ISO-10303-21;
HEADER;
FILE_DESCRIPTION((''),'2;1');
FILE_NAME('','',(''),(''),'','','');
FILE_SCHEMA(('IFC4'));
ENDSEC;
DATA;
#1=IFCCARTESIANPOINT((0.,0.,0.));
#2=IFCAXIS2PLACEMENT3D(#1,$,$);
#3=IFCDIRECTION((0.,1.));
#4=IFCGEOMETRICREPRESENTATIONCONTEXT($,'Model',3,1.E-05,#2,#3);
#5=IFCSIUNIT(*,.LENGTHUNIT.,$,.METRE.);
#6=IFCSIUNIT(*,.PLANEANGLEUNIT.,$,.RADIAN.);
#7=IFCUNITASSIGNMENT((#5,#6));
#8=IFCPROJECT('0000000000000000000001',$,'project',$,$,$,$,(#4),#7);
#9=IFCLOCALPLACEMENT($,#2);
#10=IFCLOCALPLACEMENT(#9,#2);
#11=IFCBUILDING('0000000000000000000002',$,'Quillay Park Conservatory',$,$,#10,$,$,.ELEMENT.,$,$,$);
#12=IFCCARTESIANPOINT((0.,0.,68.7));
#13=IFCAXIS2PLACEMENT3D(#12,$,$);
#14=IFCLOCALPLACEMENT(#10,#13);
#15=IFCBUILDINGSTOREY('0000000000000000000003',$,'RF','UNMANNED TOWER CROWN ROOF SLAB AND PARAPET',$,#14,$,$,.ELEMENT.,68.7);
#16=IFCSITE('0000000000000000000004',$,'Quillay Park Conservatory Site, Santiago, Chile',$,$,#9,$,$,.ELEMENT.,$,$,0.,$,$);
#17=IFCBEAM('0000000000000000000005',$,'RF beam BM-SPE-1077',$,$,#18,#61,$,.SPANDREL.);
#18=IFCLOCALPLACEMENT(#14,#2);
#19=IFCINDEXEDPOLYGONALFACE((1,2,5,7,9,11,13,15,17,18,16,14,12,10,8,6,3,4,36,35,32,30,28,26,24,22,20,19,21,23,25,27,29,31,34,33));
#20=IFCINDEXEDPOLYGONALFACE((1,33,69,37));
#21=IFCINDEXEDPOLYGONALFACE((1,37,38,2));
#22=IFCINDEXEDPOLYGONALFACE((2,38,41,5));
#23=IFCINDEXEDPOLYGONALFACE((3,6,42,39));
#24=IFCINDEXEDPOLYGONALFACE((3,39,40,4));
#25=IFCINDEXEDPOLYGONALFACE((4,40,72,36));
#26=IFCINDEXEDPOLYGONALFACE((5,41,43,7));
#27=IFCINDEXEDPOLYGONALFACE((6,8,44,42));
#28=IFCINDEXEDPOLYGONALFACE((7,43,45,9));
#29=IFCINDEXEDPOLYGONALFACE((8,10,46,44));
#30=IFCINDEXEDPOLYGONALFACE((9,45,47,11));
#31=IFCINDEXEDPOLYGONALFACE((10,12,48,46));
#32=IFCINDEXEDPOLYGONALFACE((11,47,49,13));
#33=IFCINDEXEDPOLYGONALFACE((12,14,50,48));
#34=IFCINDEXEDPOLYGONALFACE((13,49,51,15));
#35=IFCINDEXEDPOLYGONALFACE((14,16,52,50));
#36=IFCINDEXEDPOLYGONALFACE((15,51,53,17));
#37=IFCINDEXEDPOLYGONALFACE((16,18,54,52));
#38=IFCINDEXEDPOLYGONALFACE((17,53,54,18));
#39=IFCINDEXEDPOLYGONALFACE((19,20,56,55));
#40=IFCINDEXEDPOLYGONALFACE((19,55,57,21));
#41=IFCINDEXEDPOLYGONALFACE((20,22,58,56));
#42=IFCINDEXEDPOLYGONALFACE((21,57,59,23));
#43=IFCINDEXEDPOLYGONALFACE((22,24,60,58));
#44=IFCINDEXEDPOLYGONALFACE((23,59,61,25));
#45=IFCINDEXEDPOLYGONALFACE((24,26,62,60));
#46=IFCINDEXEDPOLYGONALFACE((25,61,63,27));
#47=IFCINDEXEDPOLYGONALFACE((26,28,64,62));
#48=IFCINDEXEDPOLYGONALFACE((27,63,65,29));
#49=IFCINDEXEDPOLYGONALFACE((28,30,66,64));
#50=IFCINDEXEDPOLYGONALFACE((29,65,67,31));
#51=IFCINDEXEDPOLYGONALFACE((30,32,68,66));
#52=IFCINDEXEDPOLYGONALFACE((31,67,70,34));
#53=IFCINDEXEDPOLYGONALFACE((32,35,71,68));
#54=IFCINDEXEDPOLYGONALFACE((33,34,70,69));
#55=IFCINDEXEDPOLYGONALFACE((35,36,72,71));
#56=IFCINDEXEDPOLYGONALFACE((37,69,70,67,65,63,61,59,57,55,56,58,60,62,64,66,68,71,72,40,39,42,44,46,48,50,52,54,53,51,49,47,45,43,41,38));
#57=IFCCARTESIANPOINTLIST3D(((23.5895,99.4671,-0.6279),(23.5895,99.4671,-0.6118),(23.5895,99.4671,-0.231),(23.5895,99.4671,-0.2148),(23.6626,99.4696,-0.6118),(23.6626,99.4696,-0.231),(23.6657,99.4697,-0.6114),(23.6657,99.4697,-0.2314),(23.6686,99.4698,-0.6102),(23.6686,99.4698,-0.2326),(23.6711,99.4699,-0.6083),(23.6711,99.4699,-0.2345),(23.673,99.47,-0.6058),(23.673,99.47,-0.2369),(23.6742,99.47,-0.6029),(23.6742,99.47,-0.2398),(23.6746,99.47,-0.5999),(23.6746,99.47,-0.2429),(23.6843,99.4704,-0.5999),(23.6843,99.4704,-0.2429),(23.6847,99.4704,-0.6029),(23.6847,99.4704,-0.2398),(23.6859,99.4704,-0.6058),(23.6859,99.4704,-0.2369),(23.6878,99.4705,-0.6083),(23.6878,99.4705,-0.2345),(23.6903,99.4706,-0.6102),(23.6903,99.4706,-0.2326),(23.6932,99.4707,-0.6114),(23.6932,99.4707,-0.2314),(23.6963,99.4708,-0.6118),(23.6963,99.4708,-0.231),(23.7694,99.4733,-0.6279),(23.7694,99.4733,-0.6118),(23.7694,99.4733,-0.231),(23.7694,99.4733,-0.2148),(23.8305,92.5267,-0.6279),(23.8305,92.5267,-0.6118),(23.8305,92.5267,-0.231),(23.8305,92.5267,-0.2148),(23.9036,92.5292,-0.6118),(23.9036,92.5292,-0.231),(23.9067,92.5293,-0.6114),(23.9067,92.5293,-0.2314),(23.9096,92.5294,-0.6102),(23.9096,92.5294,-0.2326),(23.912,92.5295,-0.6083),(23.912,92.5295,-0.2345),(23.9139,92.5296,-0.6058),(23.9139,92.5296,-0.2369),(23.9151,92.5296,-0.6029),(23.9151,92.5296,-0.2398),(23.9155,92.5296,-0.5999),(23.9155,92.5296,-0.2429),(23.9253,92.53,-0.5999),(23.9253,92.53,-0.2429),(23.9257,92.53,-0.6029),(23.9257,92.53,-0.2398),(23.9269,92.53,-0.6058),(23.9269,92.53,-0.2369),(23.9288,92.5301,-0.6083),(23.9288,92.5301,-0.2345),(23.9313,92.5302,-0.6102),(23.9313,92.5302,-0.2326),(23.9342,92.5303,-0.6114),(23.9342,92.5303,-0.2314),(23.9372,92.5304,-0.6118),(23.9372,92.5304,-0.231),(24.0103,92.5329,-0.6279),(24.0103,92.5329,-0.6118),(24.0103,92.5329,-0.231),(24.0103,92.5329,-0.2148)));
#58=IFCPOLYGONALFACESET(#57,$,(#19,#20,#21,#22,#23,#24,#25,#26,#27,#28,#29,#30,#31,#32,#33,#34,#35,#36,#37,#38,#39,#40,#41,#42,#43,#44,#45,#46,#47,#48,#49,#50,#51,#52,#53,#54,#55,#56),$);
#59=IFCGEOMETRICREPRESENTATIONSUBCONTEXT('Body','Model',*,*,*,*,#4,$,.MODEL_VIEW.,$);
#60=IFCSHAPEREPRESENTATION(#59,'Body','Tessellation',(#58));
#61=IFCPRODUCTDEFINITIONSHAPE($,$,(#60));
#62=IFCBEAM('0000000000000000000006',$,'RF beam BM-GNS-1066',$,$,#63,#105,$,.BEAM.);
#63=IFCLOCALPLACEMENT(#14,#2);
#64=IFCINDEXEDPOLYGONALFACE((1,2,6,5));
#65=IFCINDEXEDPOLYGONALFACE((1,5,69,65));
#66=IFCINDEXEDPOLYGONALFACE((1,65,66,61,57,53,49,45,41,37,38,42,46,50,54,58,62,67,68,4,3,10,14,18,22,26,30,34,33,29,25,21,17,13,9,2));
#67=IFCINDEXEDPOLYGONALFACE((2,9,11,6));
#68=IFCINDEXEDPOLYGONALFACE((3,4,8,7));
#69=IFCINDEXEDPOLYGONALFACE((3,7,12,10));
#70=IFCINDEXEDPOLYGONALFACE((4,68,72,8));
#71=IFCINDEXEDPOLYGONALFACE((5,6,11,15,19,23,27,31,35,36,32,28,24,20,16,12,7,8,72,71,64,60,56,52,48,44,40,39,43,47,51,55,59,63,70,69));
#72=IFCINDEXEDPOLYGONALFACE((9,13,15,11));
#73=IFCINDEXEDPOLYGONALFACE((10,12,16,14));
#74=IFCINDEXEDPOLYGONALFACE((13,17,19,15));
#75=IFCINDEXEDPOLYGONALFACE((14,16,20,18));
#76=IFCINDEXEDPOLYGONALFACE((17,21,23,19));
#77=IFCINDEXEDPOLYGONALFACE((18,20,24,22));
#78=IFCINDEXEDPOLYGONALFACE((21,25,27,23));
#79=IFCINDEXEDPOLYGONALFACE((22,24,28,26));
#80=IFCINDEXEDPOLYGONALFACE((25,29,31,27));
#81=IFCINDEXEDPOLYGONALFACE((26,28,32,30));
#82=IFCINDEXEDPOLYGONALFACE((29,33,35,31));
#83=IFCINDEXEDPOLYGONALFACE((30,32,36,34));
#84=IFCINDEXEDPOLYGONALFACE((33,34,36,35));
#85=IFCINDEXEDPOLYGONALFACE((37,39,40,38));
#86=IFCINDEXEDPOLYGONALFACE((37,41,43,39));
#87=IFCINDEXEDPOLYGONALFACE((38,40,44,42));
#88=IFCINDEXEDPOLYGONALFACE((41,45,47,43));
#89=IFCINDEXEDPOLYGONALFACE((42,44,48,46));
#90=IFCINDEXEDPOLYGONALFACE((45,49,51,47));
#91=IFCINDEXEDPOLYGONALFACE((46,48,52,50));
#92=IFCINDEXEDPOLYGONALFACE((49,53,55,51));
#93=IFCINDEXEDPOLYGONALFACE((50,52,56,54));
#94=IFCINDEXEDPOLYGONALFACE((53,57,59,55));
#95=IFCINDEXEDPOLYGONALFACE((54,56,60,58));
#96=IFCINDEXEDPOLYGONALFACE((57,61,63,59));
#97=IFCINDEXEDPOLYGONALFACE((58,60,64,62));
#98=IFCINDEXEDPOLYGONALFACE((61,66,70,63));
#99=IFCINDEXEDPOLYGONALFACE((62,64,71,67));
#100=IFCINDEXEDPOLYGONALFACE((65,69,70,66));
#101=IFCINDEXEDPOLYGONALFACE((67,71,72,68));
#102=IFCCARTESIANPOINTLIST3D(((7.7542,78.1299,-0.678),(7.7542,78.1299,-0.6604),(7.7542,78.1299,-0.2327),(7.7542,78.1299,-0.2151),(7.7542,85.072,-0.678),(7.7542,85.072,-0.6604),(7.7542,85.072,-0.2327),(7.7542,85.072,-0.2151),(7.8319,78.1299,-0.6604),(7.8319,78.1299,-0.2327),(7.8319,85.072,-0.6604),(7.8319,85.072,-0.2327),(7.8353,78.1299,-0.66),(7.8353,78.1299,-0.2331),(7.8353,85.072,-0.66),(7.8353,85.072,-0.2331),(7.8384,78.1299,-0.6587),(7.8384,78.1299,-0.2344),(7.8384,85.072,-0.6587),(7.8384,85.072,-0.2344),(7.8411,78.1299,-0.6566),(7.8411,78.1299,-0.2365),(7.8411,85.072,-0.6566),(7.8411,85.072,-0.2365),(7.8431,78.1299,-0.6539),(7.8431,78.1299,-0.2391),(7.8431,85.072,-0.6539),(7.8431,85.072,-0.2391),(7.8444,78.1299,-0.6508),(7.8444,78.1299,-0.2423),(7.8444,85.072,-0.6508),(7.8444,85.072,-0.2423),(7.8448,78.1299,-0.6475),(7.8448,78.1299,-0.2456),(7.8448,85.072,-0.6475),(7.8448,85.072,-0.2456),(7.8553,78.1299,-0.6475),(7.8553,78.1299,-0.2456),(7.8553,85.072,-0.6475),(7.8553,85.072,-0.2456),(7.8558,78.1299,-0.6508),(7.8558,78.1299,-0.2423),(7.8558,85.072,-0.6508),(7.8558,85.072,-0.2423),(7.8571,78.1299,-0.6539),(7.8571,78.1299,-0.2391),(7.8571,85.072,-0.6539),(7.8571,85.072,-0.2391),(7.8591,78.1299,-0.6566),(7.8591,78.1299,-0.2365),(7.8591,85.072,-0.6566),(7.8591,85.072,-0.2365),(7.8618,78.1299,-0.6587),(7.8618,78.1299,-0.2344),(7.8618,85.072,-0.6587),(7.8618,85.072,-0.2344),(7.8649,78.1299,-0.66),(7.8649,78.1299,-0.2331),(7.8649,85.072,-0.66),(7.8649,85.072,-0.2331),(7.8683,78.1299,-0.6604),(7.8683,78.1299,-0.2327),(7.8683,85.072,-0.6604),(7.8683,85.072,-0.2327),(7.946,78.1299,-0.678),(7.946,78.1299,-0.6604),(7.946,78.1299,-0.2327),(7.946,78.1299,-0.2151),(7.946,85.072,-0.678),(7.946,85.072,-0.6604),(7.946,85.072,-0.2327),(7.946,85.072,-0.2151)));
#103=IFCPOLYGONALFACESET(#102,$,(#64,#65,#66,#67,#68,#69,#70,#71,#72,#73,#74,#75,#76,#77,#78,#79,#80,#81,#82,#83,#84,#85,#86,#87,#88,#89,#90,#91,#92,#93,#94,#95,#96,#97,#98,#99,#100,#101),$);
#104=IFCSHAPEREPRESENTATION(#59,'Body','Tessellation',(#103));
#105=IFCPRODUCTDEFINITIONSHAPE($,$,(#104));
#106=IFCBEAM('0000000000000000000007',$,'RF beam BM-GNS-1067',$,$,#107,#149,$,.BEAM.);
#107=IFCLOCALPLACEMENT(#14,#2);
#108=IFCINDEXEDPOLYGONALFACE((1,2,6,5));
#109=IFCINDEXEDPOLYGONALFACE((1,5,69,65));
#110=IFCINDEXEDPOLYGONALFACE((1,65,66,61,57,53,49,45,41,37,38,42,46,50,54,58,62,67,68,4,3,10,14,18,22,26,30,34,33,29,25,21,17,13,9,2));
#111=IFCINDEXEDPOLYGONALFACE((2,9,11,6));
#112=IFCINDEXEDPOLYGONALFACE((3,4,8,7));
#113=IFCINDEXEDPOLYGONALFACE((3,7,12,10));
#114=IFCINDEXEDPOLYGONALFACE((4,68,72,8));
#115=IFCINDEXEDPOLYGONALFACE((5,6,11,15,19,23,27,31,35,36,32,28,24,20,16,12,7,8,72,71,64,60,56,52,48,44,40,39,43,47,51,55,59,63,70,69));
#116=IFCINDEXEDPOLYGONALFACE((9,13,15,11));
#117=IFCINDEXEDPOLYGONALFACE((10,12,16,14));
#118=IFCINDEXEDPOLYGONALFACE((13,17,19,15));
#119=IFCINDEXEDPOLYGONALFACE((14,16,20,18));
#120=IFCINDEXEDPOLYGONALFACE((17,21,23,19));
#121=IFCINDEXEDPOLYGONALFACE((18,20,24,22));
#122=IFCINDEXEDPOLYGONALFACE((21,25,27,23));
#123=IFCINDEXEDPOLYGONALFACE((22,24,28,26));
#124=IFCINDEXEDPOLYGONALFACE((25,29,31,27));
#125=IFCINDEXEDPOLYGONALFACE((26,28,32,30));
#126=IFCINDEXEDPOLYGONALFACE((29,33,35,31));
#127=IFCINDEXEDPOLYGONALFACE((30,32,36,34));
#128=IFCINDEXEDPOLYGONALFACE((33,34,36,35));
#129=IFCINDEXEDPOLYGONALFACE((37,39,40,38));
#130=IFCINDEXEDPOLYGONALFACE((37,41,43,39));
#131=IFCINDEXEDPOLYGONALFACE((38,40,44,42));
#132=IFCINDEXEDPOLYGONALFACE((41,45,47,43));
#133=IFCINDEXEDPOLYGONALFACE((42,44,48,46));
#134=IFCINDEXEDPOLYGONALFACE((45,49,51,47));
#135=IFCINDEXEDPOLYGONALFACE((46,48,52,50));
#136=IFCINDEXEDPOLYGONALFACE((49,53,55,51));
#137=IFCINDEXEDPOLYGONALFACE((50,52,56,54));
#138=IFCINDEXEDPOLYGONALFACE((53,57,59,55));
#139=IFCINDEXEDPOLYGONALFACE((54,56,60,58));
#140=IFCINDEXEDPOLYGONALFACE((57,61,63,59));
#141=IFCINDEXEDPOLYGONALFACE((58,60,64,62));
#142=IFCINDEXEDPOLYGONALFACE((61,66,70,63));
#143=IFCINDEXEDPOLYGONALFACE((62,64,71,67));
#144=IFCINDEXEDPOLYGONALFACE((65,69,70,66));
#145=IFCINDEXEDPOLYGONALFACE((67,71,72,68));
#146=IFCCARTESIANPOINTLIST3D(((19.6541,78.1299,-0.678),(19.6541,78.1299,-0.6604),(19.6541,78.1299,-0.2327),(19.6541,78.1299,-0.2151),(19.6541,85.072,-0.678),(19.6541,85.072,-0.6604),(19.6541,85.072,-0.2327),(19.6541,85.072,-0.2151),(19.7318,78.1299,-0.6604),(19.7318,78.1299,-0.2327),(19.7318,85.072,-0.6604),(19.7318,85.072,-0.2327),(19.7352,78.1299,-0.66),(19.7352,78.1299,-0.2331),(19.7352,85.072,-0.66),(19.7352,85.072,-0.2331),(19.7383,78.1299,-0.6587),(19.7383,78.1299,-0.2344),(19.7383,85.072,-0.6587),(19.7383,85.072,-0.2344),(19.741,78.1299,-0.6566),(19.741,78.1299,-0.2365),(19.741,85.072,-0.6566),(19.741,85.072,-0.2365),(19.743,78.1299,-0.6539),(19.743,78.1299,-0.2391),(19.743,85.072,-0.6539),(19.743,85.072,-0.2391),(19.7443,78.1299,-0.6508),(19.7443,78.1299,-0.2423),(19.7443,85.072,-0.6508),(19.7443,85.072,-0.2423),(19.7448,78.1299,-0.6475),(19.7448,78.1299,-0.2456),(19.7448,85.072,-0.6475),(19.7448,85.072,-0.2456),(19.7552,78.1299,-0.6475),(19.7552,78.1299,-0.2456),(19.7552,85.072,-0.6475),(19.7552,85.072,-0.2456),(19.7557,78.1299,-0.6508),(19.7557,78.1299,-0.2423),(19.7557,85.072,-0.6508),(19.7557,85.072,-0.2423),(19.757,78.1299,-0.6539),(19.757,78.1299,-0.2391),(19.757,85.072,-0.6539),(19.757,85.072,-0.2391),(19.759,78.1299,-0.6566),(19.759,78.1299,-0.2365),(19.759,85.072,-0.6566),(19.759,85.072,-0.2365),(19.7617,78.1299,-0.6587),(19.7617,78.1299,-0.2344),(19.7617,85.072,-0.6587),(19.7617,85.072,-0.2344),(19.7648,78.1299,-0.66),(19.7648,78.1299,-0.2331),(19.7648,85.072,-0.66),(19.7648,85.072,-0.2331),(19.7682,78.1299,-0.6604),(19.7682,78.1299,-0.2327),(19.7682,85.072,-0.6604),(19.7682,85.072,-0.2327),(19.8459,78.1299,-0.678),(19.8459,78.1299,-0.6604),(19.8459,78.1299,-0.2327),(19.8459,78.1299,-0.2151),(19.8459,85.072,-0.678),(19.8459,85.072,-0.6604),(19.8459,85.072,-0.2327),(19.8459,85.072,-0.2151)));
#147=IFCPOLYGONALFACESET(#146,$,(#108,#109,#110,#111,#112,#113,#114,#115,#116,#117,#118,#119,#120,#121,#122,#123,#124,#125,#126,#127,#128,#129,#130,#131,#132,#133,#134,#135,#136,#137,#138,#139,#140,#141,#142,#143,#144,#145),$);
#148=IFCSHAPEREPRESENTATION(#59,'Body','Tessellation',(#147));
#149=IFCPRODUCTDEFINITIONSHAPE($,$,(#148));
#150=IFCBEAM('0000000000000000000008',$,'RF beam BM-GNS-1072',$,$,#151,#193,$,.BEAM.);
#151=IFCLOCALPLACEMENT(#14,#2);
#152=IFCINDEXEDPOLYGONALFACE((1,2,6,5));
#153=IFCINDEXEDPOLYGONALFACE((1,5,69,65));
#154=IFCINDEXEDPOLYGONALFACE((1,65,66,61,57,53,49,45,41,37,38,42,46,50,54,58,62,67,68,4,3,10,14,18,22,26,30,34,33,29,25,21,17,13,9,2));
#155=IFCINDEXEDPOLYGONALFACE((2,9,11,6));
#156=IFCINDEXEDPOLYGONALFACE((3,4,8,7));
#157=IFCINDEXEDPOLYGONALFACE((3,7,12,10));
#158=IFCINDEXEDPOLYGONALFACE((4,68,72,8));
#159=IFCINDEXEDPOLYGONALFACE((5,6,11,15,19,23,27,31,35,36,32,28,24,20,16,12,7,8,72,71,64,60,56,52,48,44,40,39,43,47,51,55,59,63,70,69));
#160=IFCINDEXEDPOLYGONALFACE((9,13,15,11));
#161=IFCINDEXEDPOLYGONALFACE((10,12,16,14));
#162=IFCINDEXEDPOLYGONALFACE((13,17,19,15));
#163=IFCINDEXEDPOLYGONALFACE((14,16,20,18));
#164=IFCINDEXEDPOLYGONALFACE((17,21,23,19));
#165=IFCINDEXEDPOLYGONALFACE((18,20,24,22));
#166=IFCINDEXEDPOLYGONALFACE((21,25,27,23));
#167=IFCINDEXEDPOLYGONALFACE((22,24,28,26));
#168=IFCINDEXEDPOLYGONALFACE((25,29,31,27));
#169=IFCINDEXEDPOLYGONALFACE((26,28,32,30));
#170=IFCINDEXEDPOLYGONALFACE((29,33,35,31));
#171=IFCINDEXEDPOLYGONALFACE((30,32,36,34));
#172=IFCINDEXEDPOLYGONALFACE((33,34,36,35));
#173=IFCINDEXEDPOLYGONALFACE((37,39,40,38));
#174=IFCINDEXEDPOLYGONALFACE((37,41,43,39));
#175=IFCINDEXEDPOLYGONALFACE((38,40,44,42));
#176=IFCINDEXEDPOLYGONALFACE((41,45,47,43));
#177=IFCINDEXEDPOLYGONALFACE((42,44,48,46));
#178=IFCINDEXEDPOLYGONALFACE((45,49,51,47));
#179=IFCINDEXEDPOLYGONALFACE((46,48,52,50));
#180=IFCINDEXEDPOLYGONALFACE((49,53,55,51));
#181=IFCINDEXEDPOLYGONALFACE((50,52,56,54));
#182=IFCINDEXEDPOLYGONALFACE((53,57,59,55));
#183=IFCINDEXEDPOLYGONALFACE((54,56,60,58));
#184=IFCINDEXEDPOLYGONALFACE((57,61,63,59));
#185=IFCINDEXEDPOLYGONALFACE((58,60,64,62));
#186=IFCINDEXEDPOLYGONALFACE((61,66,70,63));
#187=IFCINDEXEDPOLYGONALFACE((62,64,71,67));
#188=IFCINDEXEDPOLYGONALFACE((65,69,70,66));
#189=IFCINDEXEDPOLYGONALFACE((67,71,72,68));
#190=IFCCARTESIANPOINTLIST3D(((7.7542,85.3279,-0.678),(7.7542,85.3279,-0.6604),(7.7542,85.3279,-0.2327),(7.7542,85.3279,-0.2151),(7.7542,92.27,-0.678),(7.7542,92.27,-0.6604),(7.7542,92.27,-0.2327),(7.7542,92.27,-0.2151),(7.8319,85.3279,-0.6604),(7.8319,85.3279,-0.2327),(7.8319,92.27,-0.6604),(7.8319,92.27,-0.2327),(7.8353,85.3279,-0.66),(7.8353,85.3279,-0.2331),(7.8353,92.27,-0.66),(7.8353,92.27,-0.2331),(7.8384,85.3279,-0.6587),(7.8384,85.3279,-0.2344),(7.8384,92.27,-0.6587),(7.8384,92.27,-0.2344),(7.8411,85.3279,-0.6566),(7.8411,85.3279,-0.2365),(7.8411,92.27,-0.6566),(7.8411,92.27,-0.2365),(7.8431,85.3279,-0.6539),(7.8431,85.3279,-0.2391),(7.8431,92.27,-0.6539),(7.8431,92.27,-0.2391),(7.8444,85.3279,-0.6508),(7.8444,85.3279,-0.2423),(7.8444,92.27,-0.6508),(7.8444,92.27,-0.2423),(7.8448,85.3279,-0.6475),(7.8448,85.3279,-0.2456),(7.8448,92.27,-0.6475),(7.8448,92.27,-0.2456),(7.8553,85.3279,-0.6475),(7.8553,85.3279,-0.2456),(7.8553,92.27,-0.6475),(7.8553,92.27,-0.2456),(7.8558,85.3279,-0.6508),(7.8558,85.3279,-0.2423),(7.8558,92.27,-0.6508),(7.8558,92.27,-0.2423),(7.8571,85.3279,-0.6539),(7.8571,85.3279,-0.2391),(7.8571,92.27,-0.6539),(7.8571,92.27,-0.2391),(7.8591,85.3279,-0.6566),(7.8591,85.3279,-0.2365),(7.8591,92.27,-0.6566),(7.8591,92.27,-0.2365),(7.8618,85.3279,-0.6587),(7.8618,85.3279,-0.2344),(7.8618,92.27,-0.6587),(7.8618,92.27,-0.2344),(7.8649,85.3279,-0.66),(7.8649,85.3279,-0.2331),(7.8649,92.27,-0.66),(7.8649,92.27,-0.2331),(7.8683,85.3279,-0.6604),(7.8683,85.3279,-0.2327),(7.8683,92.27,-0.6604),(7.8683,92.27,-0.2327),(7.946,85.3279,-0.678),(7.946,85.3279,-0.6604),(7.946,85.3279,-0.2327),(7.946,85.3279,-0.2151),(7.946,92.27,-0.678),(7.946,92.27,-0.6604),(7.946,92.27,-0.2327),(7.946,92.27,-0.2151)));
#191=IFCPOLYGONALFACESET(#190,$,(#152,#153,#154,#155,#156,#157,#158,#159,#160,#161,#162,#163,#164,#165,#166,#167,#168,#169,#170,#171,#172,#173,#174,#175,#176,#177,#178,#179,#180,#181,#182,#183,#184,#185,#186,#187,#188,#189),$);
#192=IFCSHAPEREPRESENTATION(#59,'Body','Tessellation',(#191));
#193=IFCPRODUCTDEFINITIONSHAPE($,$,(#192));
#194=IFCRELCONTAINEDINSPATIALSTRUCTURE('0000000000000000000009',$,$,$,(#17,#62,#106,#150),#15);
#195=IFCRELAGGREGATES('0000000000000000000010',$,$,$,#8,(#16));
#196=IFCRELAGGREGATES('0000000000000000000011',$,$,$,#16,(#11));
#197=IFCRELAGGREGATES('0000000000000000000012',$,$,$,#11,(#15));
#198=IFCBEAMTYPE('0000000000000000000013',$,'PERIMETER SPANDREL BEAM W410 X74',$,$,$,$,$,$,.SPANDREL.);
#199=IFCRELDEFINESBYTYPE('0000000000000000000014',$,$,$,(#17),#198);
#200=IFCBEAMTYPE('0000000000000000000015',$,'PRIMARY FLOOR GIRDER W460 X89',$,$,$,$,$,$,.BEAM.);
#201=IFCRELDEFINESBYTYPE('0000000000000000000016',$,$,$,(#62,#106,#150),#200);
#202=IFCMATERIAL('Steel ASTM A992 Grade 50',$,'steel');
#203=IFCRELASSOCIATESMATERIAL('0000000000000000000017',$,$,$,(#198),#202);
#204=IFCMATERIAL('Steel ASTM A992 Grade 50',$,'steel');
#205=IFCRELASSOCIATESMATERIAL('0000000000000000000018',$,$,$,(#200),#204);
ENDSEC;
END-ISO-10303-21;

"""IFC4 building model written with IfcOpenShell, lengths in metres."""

from ifc_helpers import new_model, si_unit, direction, frame, origin, origin_2d, place, context, subcontext, project, spatial, i_section, extrude, material, material_profile, profile_set, type_object, element, save


model = new_model("IFC4")

# Units and contexts
model_context = context("Model", 3, precision=1e-05, world=origin(), true_north=direction((0.0, 1.0)))
body_context = subcontext(model_context, "Body", "Model", "MODEL_VIEW")
ifc_project = project(units=[si_unit("LENGTHUNIT", "METRE"), si_unit("PLANEANGLEUNIT", "RADIAN")], contexts=[model_context])

# Site, building, storey
site_placement = place(None, origin())
site = spatial("IfcSite", under=ifc_project, at=site_placement, Name="Quillay Park Conservatory Site, Santiago, Chile", CompositionType="ELEMENT", RefElevation=0.0)
building_placement = place(site_placement, origin())
building = spatial("IfcBuilding", under=site, at=building_placement, Name="Quillay Park Conservatory", CompositionType="ELEMENT")
storey_placement = place(building_placement, frame((0.0, 0.0, 68.7)))
storey = spatial("IfcBuildingStorey", under=building, at=storey_placement, Name="RF", Description="UNMANNED TOWER CROWN ROOF SLAB AND PARAPET", CompositionType="ELEMENT", Elevation=68.7)

# Beams
ifc_material_1 = material(Name="Steel ASTM A992 Grade 50", Category="steel")
ifc_material_profile_1 = material_profile(ifc_material_1, i_section(OverallWidth=0.1799, OverallDepth=0.4131, WebThickness=0.0098, FlangeThickness=0.0161, FilletRadius=0.012, at=origin_2d()), Name="W410x74")
ifc_profile_set_1 = profile_set([ifc_material_profile_1], Name="Steel ASTM A992 Grade 50")
beam_type_1 = type_object("IfcBeamType", Name="PERIMETER SPANDREL BEAM W410 X74", PredefinedType="SPANDREL", material=ifc_profile_set_1)
beam_1_placement = place(storey_placement, frame((23.9204, 92.5298, -0.4214), z_axis=(-0.034698, 0.999398, 0.0), x_axis=(-0.999398, -0.034698, 0.0)))
element("IfcBeam", 1, at=beam_1_placement, inside=storey, type_object=beam_type_1, Name="RF beam BM-SPE-1077", PredefinedType="SPANDREL", context=body_context, shape_type="SweptSolid", body=[
    extrude(i_section(OverallWidth=0.1799, OverallDepth=0.4131, WebThickness=0.0098, FlangeThickness=0.0161, FilletRadius=0.012, at=origin_2d()), origin(), (0.0, 0.0, 1.0), 6.9446),
])
ifc_material_2 = material(Name="Steel ASTM A992 Grade 50", Category="steel")
ifc_material_profile_2 = material_profile(ifc_material_2, i_section(OverallWidth=0.1919, OverallDepth=0.4629, WebThickness=0.0105, FlangeThickness=0.0176, FilletRadius=0.0129, at=origin_2d()), Name="W460x89")
ifc_profile_set_2 = profile_set([ifc_material_profile_2], Name="Steel ASTM A992 Grade 50")
beam_type_2 = type_object("IfcBeamType", Name="PRIMARY FLOOR GIRDER W460 X89", PredefinedType="BEAM", material=ifc_profile_set_2)
for number, where, z_axis, x_axis, name in (
    (2, (7.8501, 78.1299, -0.4465), (0.0, 1.0, 0.0), (-1.0, 0.0, 0.0), "RF beam BM-GNS-1066"),
    (3, (19.75, 78.1299, -0.4465), (0.0, 1.0, 0.0), (-1.0, 0.0, 0.0), "RF beam BM-GNS-1067"),
    (4, (7.8501, 85.3279, -0.4465), (0.0, 1.0, 0.0), (-1.0, 0.0, 0.0), "RF beam BM-GNS-1072"),
):
    element("IfcBeam", number, at=place(storey_placement, frame(where, z_axis=z_axis, x_axis=x_axis)), inside=storey, type_object=beam_type_2, Name=name, PredefinedType="BEAM", context=body_context, shape_type="SweptSolid", body=[
        extrude(i_section(OverallWidth=0.1919, OverallDepth=0.4629, WebThickness=0.0105, FlangeThickness=0.0176, FilletRadius=0.0129, at=origin_2d()), origin(), (0.0, 0.0, 1.0), 6.9421),
    ])

save(model, "model.ifc")
